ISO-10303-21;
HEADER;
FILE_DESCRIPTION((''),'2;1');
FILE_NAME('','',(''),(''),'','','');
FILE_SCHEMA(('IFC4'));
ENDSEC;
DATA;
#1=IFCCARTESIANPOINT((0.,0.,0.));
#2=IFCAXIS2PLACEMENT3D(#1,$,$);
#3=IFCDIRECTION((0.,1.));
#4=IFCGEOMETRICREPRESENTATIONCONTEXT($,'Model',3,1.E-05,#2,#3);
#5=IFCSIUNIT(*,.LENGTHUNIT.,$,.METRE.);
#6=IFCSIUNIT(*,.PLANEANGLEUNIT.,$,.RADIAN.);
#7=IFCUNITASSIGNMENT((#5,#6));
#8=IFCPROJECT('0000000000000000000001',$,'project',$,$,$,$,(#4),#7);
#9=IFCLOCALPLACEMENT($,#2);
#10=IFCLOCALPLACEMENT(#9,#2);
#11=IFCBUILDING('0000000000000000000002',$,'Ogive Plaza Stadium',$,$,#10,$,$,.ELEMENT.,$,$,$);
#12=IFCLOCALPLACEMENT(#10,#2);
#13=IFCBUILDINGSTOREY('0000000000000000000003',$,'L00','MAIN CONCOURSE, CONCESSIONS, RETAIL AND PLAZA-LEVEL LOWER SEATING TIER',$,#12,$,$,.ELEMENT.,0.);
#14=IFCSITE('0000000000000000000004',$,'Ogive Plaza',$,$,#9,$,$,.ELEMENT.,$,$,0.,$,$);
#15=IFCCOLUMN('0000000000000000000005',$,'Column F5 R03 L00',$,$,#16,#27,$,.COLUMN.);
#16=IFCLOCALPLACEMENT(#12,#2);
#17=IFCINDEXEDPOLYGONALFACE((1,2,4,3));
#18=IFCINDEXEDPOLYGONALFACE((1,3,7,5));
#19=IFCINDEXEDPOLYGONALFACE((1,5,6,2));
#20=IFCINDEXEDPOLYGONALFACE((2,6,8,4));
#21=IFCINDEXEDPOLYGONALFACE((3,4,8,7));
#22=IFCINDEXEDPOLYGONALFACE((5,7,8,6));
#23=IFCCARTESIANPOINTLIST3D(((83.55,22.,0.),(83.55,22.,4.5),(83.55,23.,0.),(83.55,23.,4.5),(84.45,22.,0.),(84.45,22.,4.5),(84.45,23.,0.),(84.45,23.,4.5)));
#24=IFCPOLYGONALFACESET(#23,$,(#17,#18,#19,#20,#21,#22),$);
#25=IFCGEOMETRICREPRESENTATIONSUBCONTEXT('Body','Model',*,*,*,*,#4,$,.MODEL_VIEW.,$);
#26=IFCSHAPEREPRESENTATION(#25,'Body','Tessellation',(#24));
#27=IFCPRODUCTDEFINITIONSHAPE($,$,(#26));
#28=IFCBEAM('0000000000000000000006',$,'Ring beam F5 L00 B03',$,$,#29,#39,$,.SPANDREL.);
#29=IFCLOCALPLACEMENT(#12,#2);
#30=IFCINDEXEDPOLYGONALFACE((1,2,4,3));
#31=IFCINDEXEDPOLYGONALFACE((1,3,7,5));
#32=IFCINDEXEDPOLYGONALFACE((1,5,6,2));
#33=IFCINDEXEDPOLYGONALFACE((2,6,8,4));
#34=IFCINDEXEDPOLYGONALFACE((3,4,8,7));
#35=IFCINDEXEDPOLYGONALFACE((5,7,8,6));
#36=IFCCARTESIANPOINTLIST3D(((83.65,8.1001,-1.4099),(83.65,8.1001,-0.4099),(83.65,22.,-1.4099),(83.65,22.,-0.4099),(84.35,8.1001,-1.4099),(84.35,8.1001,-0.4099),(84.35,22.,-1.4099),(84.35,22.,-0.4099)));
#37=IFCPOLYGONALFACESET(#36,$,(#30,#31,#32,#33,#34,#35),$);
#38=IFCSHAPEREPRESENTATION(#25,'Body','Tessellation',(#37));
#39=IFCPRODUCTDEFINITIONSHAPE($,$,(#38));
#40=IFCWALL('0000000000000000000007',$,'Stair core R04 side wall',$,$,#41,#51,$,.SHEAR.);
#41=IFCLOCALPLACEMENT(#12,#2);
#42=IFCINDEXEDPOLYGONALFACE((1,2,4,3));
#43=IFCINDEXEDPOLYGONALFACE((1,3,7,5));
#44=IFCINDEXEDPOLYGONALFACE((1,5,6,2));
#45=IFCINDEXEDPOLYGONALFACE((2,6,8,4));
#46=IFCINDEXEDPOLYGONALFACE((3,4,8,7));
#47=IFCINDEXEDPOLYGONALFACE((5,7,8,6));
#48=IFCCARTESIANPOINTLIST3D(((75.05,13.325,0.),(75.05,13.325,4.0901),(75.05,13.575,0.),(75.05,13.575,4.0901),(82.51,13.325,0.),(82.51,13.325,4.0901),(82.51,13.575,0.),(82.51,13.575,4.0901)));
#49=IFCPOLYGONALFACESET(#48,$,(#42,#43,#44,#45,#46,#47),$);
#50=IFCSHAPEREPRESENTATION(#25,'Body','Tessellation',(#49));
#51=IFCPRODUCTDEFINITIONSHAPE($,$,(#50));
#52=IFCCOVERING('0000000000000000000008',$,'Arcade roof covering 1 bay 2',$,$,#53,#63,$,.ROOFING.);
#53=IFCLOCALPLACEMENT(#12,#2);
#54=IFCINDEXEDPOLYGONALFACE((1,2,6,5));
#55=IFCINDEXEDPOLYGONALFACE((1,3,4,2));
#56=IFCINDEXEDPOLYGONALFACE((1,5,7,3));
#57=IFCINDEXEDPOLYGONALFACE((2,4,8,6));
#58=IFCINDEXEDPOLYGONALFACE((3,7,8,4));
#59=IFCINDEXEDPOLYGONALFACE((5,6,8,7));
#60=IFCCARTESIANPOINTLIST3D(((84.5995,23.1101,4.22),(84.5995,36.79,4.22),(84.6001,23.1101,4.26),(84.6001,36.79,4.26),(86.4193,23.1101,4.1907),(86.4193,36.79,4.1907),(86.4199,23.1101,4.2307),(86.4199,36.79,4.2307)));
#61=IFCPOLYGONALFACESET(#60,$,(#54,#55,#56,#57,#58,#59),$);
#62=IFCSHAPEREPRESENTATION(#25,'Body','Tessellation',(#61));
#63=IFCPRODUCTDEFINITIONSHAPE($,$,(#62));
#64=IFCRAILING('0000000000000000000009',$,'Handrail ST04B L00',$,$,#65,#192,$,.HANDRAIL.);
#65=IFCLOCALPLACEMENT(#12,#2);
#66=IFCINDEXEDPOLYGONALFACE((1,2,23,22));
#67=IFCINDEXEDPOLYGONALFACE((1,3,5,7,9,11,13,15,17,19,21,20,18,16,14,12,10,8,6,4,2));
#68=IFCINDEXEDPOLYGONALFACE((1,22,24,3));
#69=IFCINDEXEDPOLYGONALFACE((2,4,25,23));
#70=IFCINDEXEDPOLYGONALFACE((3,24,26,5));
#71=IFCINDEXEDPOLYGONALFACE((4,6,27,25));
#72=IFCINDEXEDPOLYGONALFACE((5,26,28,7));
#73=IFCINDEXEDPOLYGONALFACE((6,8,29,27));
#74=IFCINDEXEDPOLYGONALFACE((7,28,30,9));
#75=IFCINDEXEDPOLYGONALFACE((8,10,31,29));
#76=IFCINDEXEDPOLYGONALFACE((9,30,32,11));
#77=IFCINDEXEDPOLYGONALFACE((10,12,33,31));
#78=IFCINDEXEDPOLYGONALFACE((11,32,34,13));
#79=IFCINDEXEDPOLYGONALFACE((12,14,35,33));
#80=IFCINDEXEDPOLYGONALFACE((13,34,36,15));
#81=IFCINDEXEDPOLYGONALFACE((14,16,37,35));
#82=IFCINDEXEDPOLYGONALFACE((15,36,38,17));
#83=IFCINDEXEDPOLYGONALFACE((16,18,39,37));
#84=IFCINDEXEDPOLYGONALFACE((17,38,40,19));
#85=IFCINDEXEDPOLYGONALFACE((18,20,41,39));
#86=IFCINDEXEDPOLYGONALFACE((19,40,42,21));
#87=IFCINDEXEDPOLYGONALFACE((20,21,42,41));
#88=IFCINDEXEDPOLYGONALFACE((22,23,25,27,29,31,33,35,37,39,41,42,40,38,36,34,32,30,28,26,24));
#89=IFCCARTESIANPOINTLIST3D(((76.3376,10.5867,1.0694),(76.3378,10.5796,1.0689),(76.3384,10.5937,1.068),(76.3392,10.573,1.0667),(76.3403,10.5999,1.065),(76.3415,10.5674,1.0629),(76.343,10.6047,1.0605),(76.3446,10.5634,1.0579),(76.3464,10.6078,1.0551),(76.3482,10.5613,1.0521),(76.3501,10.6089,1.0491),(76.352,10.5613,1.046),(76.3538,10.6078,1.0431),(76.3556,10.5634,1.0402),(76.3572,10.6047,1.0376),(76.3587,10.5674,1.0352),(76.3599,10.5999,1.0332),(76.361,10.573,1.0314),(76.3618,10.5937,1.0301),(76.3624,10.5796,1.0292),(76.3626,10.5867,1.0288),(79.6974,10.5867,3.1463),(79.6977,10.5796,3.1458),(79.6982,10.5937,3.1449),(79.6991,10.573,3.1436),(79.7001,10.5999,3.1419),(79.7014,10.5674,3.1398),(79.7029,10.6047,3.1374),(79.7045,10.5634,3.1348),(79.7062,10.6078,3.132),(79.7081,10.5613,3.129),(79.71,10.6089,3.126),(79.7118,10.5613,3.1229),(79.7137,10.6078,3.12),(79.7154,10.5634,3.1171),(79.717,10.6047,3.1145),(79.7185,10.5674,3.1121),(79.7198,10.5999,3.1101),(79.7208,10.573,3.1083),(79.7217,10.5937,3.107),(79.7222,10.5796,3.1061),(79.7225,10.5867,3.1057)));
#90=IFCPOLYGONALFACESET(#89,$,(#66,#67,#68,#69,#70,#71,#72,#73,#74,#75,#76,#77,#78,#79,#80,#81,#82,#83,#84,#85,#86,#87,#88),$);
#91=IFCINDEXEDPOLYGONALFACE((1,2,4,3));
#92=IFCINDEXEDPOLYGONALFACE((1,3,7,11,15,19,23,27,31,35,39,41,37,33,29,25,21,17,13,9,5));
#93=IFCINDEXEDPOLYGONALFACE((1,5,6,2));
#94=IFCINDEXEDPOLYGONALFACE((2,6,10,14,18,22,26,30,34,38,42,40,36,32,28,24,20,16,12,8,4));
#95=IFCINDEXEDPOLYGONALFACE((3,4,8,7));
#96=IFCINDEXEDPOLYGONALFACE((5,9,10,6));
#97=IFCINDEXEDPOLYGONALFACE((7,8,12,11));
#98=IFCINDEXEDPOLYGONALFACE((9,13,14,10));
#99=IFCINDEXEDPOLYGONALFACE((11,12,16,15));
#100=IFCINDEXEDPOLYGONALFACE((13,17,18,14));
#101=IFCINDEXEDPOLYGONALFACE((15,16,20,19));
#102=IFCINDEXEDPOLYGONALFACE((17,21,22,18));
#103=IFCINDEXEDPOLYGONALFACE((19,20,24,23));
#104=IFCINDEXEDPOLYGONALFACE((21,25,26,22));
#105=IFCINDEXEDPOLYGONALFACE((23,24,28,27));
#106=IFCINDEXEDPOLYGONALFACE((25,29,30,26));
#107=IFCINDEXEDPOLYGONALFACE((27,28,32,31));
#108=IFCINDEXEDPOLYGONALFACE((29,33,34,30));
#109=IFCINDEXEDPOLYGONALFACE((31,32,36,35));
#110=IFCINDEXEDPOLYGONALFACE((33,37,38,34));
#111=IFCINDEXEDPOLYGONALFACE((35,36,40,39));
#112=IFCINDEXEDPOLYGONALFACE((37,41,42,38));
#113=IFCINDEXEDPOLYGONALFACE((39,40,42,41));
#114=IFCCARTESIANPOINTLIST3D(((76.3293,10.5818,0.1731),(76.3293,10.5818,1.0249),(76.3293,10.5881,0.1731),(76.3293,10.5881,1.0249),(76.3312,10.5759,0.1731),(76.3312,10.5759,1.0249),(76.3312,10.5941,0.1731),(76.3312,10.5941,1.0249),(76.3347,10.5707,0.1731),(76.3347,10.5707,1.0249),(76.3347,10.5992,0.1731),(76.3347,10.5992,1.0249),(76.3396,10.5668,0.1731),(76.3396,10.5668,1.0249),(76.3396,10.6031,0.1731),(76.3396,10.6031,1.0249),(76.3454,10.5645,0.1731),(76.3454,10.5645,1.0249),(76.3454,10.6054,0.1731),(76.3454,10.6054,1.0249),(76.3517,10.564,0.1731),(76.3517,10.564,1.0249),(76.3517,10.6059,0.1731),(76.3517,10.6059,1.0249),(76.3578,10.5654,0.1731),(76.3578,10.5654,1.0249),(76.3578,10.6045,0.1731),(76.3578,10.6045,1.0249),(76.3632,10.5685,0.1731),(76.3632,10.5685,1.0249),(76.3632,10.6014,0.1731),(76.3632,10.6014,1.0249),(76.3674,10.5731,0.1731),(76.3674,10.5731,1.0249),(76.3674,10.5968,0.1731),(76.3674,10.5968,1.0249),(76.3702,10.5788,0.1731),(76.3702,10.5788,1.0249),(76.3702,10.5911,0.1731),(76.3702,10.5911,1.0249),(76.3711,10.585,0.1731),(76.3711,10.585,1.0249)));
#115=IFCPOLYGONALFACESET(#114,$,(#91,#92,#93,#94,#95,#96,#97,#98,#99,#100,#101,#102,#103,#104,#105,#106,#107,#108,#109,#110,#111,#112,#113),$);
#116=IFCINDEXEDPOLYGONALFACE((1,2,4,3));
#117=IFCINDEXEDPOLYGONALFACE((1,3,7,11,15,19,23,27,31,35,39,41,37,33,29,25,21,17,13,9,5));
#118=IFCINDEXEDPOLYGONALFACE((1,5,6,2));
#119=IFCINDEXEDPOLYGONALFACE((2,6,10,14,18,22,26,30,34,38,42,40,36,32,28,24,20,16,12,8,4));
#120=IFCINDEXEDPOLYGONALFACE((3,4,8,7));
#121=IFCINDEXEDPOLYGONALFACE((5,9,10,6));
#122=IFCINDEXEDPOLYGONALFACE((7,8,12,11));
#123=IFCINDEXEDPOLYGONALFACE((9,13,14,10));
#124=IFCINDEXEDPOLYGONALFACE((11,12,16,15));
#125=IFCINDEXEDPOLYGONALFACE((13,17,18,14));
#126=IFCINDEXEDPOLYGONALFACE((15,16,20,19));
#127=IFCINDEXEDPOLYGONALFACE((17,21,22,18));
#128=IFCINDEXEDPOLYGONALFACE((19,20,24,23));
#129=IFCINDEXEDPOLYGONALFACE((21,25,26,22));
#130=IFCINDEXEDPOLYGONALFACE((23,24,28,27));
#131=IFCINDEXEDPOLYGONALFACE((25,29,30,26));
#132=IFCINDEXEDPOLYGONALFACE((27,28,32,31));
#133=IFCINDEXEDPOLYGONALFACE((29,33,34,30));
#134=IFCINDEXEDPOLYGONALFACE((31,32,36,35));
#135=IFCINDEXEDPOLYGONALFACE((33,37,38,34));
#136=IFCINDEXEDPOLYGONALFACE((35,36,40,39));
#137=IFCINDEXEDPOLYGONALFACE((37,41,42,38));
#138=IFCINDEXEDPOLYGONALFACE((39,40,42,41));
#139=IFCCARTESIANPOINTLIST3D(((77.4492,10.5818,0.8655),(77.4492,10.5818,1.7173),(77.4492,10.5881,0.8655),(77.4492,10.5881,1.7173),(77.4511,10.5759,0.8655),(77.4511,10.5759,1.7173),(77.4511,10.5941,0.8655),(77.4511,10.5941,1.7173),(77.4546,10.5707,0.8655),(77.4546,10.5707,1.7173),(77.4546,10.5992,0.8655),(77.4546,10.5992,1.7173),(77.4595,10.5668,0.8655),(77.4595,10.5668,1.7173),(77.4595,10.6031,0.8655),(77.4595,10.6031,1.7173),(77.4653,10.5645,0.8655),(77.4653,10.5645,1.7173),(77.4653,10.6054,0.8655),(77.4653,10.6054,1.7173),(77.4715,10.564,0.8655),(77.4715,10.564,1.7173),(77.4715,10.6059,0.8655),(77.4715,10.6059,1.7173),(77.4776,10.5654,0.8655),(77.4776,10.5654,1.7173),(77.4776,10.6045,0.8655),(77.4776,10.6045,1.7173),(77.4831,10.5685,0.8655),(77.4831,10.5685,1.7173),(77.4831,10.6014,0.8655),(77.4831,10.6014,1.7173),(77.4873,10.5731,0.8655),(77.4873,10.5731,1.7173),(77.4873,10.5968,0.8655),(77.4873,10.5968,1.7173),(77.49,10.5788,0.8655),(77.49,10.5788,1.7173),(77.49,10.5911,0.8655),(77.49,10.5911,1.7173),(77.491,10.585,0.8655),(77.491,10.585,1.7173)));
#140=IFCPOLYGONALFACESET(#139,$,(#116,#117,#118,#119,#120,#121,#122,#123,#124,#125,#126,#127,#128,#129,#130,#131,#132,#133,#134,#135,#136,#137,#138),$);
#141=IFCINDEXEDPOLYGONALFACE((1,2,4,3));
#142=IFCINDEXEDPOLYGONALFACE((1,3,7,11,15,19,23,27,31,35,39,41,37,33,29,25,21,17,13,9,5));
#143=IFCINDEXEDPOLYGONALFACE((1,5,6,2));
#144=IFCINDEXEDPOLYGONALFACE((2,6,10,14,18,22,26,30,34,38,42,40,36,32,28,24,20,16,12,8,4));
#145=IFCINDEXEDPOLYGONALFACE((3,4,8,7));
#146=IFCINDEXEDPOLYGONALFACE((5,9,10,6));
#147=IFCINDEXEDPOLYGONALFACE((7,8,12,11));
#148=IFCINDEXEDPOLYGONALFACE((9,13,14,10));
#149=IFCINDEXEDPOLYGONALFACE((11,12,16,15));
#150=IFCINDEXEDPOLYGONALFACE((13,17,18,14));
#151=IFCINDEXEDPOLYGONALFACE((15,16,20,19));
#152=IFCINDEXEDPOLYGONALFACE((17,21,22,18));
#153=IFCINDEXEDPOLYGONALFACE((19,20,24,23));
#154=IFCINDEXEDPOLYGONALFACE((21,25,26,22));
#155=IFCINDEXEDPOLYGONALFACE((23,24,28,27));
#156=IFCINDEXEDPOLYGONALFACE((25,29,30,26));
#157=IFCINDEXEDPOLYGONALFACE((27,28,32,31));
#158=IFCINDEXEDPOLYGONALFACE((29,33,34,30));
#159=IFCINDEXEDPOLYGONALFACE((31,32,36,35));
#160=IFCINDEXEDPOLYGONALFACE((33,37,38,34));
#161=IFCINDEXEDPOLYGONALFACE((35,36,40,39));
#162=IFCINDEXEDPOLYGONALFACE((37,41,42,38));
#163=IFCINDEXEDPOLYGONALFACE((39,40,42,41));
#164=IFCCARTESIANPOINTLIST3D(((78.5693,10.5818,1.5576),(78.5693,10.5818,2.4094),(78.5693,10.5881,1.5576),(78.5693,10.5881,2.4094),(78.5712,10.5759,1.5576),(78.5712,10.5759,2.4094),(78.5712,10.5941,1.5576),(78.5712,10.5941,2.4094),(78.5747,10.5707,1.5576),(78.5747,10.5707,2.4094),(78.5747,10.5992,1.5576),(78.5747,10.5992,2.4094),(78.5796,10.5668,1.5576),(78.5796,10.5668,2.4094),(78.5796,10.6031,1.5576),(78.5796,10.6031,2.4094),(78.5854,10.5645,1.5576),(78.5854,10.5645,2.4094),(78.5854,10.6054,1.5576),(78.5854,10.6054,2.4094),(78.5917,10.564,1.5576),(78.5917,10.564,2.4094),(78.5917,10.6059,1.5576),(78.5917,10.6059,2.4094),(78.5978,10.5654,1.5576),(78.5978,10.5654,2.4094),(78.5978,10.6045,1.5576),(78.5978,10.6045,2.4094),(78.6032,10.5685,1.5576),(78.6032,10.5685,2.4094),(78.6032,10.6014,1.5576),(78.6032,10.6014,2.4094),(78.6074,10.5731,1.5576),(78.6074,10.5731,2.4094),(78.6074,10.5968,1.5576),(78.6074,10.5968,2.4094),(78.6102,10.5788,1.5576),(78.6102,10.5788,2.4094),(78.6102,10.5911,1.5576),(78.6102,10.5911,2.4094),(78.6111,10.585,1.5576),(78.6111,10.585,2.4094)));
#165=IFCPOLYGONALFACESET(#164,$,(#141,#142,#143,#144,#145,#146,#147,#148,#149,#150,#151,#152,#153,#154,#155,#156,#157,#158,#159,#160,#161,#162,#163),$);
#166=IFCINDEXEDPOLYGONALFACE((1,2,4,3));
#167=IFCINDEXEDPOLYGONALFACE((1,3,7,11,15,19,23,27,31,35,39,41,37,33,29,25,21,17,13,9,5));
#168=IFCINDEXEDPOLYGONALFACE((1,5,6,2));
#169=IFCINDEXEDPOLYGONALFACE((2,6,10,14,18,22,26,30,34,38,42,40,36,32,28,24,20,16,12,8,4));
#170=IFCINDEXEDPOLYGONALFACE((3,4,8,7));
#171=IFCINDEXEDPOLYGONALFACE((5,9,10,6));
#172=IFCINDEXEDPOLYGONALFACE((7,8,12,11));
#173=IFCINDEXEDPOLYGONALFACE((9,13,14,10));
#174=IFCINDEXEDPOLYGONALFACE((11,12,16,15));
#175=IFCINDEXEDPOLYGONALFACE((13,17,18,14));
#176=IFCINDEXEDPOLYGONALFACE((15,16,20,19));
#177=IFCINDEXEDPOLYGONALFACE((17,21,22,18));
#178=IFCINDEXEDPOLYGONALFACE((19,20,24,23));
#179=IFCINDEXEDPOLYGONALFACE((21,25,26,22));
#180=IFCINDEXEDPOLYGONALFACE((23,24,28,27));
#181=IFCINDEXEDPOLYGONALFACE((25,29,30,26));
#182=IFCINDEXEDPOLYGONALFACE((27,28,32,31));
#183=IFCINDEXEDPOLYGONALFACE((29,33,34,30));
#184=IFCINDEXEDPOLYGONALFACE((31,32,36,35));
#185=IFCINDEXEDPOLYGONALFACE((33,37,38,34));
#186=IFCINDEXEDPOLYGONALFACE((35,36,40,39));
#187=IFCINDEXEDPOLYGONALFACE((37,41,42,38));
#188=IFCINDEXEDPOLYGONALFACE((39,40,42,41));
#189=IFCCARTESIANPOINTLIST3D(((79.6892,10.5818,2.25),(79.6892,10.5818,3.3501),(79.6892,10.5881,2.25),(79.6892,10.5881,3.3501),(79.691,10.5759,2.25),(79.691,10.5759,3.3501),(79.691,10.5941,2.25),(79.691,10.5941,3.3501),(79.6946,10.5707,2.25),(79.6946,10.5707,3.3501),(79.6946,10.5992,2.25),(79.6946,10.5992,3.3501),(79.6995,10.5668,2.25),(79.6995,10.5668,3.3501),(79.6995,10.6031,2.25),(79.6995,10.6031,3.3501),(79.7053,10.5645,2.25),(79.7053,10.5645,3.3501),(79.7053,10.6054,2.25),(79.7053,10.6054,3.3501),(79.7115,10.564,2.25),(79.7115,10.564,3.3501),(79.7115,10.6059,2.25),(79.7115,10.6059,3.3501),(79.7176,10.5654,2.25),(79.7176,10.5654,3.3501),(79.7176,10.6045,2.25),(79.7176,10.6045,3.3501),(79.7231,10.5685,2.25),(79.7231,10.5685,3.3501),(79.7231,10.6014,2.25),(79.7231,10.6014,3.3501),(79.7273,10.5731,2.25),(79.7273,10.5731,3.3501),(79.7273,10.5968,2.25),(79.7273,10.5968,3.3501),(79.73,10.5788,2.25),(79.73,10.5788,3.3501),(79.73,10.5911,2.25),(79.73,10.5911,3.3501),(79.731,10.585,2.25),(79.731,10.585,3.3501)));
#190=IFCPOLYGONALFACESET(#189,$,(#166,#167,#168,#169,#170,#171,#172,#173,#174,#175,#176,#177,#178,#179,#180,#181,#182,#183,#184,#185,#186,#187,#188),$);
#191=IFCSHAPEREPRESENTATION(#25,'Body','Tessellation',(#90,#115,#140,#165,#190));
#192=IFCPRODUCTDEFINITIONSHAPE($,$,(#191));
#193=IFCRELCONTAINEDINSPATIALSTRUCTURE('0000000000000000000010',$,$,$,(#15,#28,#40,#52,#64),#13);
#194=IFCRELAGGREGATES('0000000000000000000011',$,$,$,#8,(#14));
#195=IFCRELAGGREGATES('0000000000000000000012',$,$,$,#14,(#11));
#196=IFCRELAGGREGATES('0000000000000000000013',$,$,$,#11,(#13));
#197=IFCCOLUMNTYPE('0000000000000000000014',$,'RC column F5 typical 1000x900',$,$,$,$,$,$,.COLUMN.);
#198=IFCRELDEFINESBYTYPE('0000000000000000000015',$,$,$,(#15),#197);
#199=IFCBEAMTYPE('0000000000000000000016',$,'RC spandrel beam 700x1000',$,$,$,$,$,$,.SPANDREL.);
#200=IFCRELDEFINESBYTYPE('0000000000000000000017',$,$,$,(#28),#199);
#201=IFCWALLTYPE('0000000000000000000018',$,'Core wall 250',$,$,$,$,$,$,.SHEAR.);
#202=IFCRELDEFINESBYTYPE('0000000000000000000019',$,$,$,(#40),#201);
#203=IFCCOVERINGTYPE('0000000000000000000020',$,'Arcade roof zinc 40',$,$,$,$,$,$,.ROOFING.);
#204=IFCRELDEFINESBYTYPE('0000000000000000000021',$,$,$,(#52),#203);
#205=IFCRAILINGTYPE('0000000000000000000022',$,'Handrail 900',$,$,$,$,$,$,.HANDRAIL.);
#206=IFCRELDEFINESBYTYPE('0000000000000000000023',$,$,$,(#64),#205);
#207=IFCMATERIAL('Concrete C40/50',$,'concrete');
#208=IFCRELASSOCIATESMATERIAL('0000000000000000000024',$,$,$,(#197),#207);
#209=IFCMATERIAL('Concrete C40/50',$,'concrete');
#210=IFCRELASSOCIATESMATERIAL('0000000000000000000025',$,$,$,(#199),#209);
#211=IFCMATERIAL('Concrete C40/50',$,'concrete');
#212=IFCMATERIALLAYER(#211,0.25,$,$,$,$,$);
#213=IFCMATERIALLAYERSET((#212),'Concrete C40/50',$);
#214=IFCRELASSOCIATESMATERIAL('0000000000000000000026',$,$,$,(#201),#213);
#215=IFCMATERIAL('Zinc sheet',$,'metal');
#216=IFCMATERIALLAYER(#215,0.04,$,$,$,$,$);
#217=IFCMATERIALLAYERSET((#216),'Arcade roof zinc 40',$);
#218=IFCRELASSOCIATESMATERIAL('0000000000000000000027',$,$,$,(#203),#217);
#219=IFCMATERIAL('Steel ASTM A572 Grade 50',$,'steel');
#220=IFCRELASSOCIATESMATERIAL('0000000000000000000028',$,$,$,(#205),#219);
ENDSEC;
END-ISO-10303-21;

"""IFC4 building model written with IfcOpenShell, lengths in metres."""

from ifc_helpers import new_model, si_unit, direction, frame, frame_2d, origin, origin_2d, place, context, subcontext, project, spatial, polyline, rectangle, circle, outline, extrude, material, layer, layer_set, material_profile, profile_set, type_object, element, save


model = new_model("IFC4")

# Units and contexts
model_context = context("Model", 3, precision=1e-05, world=origin(), true_north=direction((0.0, 1.0)))
body_context = subcontext(model_context, "Body", "Model", "MODEL_VIEW")
ifc_project = project(units=[si_unit("LENGTHUNIT", "METRE"), si_unit("PLANEANGLEUNIT", "RADIAN")], contexts=[model_context])

# Site, building, storey
site_placement = place(None, origin())
site = spatial("IfcSite", under=ifc_project, at=site_placement, Name="Ogive Plaza", CompositionType="ELEMENT", RefElevation=0.0)
building_placement = place(site_placement, origin())
building = spatial("IfcBuilding", under=site, at=building_placement, Name="Ogive Plaza Stadium", CompositionType="ELEMENT")
storey_placement = place(building_placement, origin())
storey = spatial("IfcBuildingStorey", under=building, at=storey_placement, Name="L00", Description="MAIN CONCOURSE, CONCESSIONS, RETAIL AND PLAZA-LEVEL LOWER SEATING TIER", CompositionType="ELEMENT", Elevation=0.0)

# Column
ifc_material_1 = material(Name="Concrete C40/50", Category="concrete")
ifc_material_profile_1 = material_profile(ifc_material_1, rectangle(XDim=1.0, YDim=0.8999, at=origin_2d()), Name="RC 1000x900")
ifc_profile_set_1 = profile_set([ifc_material_profile_1], Name="Concrete C40/50")
column_type = type_object("IfcColumnType", Name="RC column F5 typical 1000x900", PredefinedType="COLUMN", material=ifc_profile_set_1)
column_placement = place(storey_placement, frame((84.0, 22.5, 0.0), z_axis=(0.0, 0.0, 1.0), x_axis=(0.0, 1.0, 0.0)))
element("IfcColumn", 1, at=column_placement, inside=storey, type_object=column_type, Name="Column F5 R03 L00", PredefinedType="COLUMN", context=body_context, shape_type="SweptSolid", body=[
    extrude(rectangle(XDim=1.0, YDim=0.8999, at=origin_2d()), origin(), (0.0, 0.0, 1.0), 4.5),
])

# Beam
ifc_material_2 = material(Name="Concrete C40/50", Category="concrete")
ifc_material_profile_2 = material_profile(ifc_material_2, rectangle(XDim=0.7, YDim=1.0, at=origin_2d()), Name="RC 700x1000")
ifc_profile_set_2 = profile_set([ifc_material_profile_2], Name="Concrete C40/50")
beam_type = type_object("IfcBeamType", Name="RC spandrel beam 700x1000", PredefinedType="SPANDREL", material=ifc_profile_set_2)
beam_placement = place(storey_placement, frame((84.0, 22.0, -0.9099), z_axis=(0.0, -1.0, 0.0), x_axis=(1.0, 0.0, 0.0)))
element("IfcBeam", 2, at=beam_placement, inside=storey, type_object=beam_type, Name="Ring beam F5 L00 B03", PredefinedType="SPANDREL", context=body_context, shape_type="SweptSolid", body=[
    extrude(rectangle(XDim=0.7, YDim=1.0, at=origin_2d()), origin(), (0.0, 0.0, 1.0), 13.8999),
])

# Wall
ifc_material_3 = material(Name="Concrete C40/50", Category="concrete")
ifc_layer_1 = layer(ifc_material_3, 0.25)
ifc_layer_set_1 = layer_set([ifc_layer_1], Name="Concrete C40/50")
wall_type_1 = type_object("IfcWallType", Name="Core wall 250", PredefinedType="SHEAR", material=ifc_layer_set_1)
wall_1_placement = place(storey_placement, frame((75.05, 13.45, 0.0), z_axis=(0.0, 0.0, 1.0), x_axis=(1.0, 0.0, 0.0)))
element("IfcWall", 3, at=wall_1_placement, inside=storey, type_object=wall_type_1, Name="Stair core R04 side wall", PredefinedType="SHEAR", context=body_context, shape_type="SweptSolid", body=[
    extrude(rectangle(XDim=7.46, YDim=0.25, at=frame_2d((3.73, 0.0))), origin(), (0.0, 0.0, 1.0), 4.0901),
])

# Covering
ifc_material_4 = material(Name="Zinc sheet", Category="metal")
ifc_layer_2 = layer(ifc_material_4, 0.04)
ifc_layer_set_2 = layer_set([ifc_layer_2], Name="Arcade roof zinc 40")
covering_type_1 = type_object("IfcCoveringType", Name="Arcade roof zinc 40", PredefinedType="ROOFING", material=ifc_layer_set_2)
covering_1_placement = place(storey_placement, frame((84.6001, 23.1101, 4.26), z_axis=(0.016097, 0.0, 0.99987), x_axis=(0.99987, 0.0, -0.016097)))
element("IfcCovering", 4, at=covering_1_placement, inside=storey, type_object=covering_type_1, Name="Arcade roof covering 1 bay 2", PredefinedType="ROOFING", context=body_context, shape_type="SweptSolid", body=[
    extrude(outline(polyline([(0.0, 0.0), (1.8201, 0.0), (1.8201, 13.6799), (0.0, 13.6799), (0.0, 0.0)])), origin(), (0.0, 0.0, -1.0), 0.04),
])

# Railing
ifc_material_5 = material(Name="Steel ASTM A572 Grade 50", Category="steel")
railing_type = type_object("IfcRailingType", Name="Handrail 900", PredefinedType="HANDRAIL", material=ifc_material_5)
for number, where, name in (
    (5, (76.3501, 10.585, 0.1731), "Handrail ST04B L00"),
):
    element("IfcRailing", number, at=place(storey_placement, frame(where)), inside=storey, type_object=railing_type, Name=name, PredefinedType="HANDRAIL", context=body_context, shape_type="SweptSolid", body=[
        extrude(circle(Radius=0.0239, at=origin_2d()), frame((0.0, 0.0, 0.876), z_axis=(0.850606, 0.0, 0.525803), x_axis=(0.0, 1.0, 0.0)), (0.0, 0.0, 1.0), 3.95),
        extrude(circle(Radius=0.021, at=origin_2d()), origin(), (0.0, 0.0, 1.0), 0.8518),
        extrude(circle(Radius=0.021, at=origin_2d()), frame((1.1199, 0.0, 0.6924)), (0.0, 0.0, 1.0), 0.8518),
        extrude(circle(Radius=0.021, at=origin_2d()), frame((2.24, 0.0, 1.3845)), (0.0, 0.0, 1.0), 0.8518),
        extrude(circle(Radius=0.021, at=origin_2d()), frame((3.3599, 0.0, 2.0769)), (0.0, 0.0, 1.0), 1.1001),
    ])

save(model, "model.ifc")
